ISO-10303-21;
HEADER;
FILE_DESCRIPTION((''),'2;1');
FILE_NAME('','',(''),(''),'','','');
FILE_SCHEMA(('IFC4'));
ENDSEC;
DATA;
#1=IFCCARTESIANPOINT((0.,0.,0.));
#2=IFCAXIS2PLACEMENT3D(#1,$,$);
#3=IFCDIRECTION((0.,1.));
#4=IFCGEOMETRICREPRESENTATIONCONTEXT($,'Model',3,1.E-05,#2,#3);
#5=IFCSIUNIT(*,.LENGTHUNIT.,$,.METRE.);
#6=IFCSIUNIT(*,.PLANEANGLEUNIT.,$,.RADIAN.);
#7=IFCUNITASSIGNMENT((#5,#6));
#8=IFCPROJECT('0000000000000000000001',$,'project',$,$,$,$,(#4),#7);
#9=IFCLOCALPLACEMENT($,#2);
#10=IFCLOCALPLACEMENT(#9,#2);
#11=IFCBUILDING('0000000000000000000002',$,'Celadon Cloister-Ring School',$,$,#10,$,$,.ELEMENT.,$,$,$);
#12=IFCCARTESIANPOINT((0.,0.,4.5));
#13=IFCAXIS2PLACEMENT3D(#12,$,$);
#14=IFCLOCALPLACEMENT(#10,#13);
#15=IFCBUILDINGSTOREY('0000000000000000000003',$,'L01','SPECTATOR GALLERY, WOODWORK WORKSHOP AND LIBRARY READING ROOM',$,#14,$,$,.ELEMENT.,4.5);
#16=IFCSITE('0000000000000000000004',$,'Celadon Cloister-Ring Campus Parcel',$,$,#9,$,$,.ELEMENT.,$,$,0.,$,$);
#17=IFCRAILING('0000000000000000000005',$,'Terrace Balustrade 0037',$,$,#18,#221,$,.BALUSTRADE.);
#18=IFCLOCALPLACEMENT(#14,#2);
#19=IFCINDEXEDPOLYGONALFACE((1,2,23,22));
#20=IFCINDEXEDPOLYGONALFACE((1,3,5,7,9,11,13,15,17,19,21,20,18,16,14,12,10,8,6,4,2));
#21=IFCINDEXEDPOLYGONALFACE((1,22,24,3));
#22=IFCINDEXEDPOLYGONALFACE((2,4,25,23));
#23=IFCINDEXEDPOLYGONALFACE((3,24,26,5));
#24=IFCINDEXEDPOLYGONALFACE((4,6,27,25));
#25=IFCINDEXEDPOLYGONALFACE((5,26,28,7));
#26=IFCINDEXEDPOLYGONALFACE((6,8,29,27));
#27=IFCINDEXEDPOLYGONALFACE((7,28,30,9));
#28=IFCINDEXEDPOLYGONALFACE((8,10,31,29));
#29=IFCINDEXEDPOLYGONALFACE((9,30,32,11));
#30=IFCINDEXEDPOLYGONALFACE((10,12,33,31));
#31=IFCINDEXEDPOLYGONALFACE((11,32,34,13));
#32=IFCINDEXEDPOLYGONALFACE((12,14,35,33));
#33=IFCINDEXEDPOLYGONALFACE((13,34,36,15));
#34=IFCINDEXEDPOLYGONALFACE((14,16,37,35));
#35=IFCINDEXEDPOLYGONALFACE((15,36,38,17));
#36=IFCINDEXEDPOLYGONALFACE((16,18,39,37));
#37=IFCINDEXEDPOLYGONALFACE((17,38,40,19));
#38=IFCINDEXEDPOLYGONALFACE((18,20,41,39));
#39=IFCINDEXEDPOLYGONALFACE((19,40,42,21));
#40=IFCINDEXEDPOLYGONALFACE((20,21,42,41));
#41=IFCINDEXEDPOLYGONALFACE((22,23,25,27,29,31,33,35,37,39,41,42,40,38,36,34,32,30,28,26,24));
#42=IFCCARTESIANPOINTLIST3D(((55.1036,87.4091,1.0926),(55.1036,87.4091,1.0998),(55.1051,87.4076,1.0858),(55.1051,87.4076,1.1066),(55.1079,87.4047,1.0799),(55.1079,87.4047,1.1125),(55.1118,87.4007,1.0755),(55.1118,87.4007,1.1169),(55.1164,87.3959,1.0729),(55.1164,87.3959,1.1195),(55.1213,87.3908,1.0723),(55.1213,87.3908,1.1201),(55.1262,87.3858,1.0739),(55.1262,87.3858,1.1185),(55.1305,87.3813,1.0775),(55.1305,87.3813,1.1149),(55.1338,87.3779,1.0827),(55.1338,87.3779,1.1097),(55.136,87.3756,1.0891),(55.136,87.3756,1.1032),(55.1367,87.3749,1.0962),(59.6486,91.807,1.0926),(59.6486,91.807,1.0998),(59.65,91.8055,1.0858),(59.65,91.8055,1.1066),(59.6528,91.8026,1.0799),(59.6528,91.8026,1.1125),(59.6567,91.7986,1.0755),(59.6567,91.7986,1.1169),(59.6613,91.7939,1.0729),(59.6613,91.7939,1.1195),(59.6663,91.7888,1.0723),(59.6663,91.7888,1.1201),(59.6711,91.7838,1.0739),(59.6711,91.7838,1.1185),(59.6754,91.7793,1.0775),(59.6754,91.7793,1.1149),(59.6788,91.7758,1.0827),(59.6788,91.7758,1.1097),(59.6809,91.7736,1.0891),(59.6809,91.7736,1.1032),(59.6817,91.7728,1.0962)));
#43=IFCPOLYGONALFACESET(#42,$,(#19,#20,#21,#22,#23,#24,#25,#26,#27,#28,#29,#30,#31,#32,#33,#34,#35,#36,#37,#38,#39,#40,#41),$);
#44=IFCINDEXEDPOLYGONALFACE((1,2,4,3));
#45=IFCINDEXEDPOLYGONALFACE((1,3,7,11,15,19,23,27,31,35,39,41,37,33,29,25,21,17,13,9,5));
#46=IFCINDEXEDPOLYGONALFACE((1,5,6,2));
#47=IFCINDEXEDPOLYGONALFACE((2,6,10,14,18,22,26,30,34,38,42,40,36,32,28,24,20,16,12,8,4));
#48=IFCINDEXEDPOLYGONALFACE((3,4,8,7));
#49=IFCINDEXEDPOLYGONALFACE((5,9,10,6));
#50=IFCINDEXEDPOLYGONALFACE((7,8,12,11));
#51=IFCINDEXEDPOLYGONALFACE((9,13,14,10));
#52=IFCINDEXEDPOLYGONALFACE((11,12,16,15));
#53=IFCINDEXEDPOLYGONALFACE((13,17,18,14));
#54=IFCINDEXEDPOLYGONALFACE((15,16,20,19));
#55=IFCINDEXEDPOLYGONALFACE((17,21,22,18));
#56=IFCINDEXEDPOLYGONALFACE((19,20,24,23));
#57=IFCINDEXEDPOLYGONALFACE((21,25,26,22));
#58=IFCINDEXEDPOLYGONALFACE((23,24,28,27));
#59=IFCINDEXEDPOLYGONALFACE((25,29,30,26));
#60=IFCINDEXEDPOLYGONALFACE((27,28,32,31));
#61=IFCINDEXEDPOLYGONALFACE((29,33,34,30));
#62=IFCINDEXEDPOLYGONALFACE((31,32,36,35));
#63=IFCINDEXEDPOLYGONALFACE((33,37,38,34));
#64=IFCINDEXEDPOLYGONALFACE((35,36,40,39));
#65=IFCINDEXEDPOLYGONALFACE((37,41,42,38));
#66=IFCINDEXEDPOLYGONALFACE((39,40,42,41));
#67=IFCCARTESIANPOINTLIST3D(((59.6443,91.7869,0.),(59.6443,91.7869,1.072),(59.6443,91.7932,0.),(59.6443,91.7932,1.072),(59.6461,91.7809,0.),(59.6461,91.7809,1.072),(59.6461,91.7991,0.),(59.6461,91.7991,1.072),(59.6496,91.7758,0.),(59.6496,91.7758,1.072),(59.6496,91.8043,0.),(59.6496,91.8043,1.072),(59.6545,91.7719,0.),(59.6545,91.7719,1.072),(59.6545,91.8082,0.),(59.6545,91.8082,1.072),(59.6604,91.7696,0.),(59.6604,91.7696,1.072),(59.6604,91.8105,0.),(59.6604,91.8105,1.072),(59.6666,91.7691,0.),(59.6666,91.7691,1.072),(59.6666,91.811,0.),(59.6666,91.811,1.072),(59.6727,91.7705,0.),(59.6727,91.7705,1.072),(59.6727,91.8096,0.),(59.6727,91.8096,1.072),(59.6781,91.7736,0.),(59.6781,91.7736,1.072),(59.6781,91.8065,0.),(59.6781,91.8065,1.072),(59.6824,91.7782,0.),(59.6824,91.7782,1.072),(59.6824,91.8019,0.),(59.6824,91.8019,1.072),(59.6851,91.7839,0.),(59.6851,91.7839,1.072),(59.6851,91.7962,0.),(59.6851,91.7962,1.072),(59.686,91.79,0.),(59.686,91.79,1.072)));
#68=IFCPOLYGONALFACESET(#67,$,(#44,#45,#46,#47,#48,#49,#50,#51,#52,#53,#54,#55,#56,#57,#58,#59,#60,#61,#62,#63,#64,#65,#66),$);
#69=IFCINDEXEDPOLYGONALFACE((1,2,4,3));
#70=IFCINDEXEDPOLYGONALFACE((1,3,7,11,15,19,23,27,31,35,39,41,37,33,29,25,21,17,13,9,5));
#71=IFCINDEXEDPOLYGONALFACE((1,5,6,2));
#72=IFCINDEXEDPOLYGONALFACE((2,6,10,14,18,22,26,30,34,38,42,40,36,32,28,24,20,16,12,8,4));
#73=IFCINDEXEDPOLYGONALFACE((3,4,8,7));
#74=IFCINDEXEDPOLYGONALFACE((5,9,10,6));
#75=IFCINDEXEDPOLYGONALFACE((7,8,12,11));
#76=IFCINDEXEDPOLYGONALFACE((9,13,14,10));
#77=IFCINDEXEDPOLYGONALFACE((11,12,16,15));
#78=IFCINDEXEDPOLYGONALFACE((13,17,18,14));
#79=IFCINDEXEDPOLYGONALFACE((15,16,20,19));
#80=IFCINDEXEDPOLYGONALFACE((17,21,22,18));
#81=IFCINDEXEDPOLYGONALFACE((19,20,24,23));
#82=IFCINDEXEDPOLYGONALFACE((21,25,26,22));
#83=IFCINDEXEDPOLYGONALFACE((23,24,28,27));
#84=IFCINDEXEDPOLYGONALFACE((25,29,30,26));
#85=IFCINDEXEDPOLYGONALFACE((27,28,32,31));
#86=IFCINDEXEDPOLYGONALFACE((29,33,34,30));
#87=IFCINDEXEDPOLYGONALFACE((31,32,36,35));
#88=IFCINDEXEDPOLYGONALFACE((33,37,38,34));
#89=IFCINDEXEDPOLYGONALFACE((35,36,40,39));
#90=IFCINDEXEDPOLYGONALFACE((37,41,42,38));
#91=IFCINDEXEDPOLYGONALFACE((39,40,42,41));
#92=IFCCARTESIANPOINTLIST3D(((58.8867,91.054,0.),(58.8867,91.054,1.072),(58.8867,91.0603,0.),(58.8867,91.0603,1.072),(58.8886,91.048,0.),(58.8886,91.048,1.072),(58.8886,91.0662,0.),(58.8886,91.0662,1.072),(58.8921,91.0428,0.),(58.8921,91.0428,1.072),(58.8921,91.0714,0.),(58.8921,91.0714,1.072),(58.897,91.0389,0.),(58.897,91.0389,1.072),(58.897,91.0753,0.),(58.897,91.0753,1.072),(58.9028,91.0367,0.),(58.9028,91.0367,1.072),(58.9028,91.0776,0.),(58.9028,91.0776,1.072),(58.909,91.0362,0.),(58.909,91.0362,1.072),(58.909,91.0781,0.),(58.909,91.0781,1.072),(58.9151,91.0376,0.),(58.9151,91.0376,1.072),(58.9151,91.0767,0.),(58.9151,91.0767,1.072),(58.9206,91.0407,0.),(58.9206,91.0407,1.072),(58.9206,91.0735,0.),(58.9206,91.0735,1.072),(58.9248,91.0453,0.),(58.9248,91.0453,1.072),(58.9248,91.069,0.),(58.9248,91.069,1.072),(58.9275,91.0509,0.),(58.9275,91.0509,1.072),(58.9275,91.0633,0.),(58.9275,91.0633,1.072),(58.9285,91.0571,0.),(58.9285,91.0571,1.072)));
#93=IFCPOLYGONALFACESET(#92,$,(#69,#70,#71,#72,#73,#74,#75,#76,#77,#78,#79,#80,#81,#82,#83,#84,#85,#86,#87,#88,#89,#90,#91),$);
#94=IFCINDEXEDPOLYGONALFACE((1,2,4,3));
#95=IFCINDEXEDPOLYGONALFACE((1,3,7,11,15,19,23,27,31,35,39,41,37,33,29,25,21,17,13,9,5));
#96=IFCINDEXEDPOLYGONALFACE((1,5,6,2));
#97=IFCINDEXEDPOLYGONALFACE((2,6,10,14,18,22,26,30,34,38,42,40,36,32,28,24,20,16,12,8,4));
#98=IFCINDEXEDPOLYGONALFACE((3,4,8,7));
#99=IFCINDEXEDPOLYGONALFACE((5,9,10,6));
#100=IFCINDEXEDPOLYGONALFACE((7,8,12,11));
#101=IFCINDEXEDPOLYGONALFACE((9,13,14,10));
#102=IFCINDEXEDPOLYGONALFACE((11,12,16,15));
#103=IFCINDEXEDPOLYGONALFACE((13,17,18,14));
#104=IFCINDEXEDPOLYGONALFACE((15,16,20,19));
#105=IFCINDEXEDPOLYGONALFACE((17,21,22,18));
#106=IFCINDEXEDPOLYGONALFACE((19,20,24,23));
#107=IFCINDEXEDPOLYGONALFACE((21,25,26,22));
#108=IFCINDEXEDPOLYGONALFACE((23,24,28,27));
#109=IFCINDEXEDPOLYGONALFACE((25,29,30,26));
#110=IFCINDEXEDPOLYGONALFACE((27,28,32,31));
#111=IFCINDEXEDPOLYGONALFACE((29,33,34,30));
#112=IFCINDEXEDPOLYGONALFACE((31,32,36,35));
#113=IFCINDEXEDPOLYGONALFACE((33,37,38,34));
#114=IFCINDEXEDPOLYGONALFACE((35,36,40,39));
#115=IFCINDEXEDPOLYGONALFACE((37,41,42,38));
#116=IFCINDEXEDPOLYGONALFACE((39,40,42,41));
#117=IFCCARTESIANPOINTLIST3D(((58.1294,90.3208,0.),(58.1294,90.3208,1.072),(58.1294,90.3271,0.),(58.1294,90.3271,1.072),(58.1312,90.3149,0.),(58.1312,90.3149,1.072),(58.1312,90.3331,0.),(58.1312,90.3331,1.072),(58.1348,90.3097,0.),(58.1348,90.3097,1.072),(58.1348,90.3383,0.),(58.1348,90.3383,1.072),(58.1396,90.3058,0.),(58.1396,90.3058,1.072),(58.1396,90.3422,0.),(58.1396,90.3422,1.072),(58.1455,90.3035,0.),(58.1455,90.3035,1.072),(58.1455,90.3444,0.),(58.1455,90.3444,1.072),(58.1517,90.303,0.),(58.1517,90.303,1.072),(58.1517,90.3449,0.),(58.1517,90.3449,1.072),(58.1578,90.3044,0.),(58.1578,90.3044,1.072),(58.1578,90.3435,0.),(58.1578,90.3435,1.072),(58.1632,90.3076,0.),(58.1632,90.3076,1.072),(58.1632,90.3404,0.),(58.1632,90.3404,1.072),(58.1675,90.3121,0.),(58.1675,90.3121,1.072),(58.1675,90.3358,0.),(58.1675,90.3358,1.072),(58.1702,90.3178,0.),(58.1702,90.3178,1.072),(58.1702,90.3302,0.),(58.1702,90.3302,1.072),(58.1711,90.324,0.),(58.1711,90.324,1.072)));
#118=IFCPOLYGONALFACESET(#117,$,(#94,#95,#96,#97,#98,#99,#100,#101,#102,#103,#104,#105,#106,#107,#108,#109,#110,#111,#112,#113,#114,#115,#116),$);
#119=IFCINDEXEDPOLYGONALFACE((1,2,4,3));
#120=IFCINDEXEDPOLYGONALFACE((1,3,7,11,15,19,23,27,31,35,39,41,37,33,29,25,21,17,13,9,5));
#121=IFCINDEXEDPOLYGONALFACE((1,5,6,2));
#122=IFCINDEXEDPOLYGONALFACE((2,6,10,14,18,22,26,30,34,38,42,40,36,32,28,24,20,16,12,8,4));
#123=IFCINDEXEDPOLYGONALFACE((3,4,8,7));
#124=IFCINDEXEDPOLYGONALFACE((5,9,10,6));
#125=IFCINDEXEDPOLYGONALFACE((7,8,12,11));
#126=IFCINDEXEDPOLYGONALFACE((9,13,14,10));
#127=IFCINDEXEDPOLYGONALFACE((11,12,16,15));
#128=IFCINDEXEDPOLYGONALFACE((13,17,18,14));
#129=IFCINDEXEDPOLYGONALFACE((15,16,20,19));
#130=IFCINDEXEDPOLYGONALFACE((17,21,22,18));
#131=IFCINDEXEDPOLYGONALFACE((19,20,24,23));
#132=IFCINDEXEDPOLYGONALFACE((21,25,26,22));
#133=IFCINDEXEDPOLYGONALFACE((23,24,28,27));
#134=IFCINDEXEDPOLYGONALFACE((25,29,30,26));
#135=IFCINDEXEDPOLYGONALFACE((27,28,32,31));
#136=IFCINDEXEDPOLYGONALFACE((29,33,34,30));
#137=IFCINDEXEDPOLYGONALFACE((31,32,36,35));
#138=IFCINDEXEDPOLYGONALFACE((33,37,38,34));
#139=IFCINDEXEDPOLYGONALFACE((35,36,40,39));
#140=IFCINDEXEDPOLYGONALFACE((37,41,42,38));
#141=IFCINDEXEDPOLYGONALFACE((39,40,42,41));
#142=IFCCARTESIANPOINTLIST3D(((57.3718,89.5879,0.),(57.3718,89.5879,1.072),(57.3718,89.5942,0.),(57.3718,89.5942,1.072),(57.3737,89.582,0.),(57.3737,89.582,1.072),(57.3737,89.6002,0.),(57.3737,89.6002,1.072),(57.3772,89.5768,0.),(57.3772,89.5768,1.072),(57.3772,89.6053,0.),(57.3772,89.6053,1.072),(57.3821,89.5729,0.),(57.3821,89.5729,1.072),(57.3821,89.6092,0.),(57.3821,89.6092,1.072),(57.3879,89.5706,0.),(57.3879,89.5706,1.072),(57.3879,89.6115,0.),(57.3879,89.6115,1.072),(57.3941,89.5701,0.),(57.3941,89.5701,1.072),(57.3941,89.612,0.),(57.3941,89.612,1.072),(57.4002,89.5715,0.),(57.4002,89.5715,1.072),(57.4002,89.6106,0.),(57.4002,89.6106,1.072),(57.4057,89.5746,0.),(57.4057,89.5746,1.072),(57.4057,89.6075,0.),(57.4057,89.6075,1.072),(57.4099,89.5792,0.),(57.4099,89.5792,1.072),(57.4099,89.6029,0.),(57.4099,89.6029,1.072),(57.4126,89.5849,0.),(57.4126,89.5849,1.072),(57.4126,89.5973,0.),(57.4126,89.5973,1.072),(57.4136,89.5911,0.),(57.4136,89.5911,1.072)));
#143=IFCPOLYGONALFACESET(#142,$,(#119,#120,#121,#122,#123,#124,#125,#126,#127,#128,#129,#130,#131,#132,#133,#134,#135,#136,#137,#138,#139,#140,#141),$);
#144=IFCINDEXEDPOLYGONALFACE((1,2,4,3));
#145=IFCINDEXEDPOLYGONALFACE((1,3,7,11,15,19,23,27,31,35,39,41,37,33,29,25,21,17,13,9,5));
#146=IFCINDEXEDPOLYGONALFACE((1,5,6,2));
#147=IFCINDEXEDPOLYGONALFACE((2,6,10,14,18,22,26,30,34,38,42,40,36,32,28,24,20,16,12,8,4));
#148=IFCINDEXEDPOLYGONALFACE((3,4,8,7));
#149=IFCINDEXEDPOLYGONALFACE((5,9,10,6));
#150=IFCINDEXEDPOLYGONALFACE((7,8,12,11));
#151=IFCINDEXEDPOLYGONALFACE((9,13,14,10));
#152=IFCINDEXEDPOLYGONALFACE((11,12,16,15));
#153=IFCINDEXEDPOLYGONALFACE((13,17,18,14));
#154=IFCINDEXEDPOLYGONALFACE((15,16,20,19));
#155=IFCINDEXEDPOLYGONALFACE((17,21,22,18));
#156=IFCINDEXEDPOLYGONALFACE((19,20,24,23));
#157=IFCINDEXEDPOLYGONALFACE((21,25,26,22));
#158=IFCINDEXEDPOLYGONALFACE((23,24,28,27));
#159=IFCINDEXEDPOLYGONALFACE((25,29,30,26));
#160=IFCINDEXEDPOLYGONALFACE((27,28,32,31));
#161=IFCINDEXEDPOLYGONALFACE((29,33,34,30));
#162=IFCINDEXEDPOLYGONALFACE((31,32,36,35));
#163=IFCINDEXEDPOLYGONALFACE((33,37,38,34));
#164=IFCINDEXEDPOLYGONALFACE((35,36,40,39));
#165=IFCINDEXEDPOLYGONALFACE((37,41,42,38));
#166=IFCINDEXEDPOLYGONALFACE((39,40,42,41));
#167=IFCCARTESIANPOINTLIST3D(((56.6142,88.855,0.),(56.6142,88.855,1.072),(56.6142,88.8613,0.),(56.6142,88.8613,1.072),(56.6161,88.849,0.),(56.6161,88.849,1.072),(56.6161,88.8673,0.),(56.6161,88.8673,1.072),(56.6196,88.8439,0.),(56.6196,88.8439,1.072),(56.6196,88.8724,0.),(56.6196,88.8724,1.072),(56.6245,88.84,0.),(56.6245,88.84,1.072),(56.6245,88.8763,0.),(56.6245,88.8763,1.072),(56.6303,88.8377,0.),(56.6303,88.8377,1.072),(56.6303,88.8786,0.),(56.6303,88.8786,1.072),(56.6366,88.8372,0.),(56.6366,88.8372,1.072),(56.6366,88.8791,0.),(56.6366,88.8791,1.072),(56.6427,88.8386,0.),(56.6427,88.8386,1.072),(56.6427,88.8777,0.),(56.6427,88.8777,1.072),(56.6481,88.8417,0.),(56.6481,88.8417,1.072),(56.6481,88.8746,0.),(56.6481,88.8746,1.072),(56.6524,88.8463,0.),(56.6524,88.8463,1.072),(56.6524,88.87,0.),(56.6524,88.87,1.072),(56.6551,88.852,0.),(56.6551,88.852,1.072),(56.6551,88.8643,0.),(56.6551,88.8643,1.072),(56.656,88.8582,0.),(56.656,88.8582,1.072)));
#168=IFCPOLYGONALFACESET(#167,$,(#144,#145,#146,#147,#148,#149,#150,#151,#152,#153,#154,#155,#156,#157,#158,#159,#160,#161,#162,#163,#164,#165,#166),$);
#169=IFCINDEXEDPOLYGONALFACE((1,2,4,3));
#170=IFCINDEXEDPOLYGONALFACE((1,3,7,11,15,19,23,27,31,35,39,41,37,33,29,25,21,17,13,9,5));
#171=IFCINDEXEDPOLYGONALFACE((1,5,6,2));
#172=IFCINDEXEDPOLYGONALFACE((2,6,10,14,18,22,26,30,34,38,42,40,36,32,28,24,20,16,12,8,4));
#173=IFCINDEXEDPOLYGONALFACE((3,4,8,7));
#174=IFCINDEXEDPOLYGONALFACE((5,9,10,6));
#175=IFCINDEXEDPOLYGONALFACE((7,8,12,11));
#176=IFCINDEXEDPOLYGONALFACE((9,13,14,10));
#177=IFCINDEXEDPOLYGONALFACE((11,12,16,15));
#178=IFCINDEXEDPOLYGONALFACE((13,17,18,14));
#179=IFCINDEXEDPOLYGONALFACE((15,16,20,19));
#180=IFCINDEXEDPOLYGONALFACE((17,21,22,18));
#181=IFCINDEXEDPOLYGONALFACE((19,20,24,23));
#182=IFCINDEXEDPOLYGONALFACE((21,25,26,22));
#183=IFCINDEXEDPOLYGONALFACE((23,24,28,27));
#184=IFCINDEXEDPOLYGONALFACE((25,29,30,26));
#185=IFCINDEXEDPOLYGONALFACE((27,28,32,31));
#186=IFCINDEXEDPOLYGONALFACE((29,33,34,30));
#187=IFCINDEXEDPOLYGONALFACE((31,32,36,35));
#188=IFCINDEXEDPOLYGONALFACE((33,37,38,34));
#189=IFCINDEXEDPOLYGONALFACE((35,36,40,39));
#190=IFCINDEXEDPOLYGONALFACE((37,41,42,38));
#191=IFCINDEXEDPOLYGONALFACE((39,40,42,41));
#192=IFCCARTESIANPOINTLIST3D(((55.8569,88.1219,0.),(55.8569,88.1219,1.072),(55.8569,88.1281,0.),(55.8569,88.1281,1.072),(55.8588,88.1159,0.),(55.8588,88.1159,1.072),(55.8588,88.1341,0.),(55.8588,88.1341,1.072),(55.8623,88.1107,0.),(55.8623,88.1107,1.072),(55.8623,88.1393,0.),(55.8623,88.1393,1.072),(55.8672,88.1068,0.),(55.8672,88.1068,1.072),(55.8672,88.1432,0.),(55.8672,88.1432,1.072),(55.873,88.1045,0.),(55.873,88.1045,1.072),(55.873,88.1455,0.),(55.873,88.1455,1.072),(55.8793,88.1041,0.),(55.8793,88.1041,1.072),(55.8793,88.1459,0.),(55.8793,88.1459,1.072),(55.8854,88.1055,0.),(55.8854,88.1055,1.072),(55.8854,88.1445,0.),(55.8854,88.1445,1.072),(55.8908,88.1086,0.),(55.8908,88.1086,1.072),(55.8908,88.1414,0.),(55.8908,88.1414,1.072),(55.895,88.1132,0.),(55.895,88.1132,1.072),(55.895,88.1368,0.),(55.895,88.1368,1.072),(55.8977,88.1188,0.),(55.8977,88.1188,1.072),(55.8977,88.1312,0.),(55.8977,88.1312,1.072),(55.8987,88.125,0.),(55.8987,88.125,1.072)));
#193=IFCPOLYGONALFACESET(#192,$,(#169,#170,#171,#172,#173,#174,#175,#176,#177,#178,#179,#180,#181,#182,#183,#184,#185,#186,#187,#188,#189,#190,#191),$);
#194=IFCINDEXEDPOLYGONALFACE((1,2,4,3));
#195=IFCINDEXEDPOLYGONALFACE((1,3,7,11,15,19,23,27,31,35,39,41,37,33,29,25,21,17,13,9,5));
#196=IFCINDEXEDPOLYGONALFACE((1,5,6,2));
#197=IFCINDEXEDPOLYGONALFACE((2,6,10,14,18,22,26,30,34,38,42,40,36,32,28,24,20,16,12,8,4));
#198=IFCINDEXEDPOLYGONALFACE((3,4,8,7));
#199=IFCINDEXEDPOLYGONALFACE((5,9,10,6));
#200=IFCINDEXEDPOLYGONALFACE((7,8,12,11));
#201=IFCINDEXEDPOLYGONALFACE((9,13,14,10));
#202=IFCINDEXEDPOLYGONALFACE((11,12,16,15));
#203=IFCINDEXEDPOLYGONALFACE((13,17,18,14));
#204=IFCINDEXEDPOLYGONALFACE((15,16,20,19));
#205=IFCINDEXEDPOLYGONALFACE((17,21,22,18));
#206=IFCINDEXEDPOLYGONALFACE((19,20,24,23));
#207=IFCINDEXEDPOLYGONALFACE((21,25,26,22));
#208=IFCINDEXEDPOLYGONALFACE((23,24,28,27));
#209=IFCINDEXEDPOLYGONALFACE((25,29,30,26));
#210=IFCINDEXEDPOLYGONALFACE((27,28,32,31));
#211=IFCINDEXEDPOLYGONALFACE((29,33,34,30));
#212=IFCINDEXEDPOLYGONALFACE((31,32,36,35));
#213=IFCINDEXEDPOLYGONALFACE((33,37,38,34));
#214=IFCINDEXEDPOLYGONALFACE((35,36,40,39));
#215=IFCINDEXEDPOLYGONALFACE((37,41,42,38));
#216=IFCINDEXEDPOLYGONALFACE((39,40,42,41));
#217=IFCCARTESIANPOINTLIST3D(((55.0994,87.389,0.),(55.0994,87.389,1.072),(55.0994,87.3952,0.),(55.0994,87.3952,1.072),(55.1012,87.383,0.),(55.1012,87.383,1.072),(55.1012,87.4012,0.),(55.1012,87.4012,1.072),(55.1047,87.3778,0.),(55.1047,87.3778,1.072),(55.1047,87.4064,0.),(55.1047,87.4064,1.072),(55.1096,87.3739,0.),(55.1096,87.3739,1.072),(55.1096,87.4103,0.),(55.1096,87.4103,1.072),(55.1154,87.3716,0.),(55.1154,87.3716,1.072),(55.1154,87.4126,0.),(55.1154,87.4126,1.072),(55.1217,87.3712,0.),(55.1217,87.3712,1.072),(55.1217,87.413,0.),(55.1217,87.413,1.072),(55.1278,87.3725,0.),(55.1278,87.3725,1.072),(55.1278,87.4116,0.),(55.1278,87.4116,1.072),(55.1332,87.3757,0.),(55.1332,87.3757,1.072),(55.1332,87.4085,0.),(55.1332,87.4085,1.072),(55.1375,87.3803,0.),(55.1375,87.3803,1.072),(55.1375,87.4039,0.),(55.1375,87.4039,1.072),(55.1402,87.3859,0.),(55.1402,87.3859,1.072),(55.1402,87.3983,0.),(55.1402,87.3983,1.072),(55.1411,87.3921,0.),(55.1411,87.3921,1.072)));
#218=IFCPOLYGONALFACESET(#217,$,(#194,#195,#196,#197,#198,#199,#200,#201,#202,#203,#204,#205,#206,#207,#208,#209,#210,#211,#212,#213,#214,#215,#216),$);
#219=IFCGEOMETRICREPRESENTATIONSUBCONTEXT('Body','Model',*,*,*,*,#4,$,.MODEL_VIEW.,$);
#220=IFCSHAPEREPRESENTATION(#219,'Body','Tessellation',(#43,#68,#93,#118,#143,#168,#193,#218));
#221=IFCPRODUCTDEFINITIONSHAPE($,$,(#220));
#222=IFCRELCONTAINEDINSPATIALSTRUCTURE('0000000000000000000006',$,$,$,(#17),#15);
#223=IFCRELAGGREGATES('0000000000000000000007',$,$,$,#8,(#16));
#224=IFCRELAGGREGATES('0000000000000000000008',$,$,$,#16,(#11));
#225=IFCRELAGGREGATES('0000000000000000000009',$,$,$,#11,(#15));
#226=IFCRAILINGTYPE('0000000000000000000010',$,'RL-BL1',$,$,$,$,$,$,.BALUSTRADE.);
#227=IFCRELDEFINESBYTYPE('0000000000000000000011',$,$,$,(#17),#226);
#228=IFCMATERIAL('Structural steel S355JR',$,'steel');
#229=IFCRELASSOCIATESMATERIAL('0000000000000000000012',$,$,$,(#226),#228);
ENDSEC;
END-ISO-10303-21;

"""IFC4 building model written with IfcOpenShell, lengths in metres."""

from ifc_helpers import new_model, si_unit, direction, frame, origin, origin_2d, place, context, subcontext, project, spatial, circle, extrude, material, type_object, element, save


model = new_model("IFC4")

# Units and contexts
model_context = context("Model", 3, precision=1e-05, world=origin(), true_north=direction((0.0, 1.0)))
body_context = subcontext(model_context, "Body", "Model", "MODEL_VIEW")
ifc_project = project(units=[si_unit("LENGTHUNIT", "METRE"), si_unit("PLANEANGLEUNIT", "RADIAN")], contexts=[model_context])

# Site, building, storey
site_placement = place(None, origin())
site = spatial("IfcSite", under=ifc_project, at=site_placement, Name="Celadon Cloister-Ring Campus Parcel", CompositionType="ELEMENT", RefElevation=0.0)
building_placement = place(site_placement, origin())
building = spatial("IfcBuilding", under=site, at=building_placement, Name="Celadon Cloister-Ring School", CompositionType="ELEMENT")
storey_placement = place(building_placement, frame((0.0, 0.0, 4.5)))
storey = spatial("IfcBuildingStorey", under=building, at=storey_placement, Name="L01", Description="SPECTATOR GALLERY, WOODWORK WORKSHOP AND LIBRARY READING ROOM", CompositionType="ELEMENT", Elevation=4.5)

# Railing
ifc_material_1 = material(Name="Structural steel S355JR", Category="steel")
railing_type = type_object("IfcRailingType", Name="RL-BL1", PredefinedType="BALUSTRADE", material=ifc_material_1)
railing_1_placement = place(storey_placement, frame((59.665, 91.79, 0.0)))
element("IfcRailing", 1, at=railing_1_placement, inside=storey, type_object=railing_type, Name="Terrace Balustrade 0037", PredefinedType="BALUSTRADE", context=body_context, shape_type="SweptSolid", body=[
    extrude(circle(Radius=0.0239, at=origin_2d()), frame((0.0, 0.0, 1.0962), z_axis=(-0.718631, -0.695392, 0.0), x_axis=(0.695392, -0.718631, 0.0)), (0.0, 0.0, 1.0), 6.3245),
    extrude(circle(Radius=0.021, at=origin_2d()), origin(), (0.0, 0.0, 1.0), 1.072),
    extrude(circle(Radius=0.021, at=origin_2d()), frame((-0.7576, -0.7329, 0.0)), (0.0, 0.0, 1.0), 1.072),
    extrude(circle(Radius=0.021, at=origin_2d()), frame((-1.5149, -1.4661, 0.0)), (0.0, 0.0, 1.0), 1.072),
    extrude(circle(Radius=0.021, at=origin_2d()), frame((-2.2725, -2.199, 0.0)), (0.0, 0.0, 1.0), 1.072),
    extrude(circle(Radius=0.021, at=origin_2d()), frame((-3.03, -2.9319, 0.0)), (0.0, 0.0, 1.0), 1.072),
    extrude(circle(Radius=0.021, at=origin_2d()), frame((-3.7874, -3.665, 0.0)), (0.0, 0.0, 1.0), 1.072),
    extrude(circle(Radius=0.021, at=origin_2d()), frame((-4.5449, -4.3979, 0.0)), (0.0, 0.0, 1.0), 1.072),
])

save(model, "model.ifc")
